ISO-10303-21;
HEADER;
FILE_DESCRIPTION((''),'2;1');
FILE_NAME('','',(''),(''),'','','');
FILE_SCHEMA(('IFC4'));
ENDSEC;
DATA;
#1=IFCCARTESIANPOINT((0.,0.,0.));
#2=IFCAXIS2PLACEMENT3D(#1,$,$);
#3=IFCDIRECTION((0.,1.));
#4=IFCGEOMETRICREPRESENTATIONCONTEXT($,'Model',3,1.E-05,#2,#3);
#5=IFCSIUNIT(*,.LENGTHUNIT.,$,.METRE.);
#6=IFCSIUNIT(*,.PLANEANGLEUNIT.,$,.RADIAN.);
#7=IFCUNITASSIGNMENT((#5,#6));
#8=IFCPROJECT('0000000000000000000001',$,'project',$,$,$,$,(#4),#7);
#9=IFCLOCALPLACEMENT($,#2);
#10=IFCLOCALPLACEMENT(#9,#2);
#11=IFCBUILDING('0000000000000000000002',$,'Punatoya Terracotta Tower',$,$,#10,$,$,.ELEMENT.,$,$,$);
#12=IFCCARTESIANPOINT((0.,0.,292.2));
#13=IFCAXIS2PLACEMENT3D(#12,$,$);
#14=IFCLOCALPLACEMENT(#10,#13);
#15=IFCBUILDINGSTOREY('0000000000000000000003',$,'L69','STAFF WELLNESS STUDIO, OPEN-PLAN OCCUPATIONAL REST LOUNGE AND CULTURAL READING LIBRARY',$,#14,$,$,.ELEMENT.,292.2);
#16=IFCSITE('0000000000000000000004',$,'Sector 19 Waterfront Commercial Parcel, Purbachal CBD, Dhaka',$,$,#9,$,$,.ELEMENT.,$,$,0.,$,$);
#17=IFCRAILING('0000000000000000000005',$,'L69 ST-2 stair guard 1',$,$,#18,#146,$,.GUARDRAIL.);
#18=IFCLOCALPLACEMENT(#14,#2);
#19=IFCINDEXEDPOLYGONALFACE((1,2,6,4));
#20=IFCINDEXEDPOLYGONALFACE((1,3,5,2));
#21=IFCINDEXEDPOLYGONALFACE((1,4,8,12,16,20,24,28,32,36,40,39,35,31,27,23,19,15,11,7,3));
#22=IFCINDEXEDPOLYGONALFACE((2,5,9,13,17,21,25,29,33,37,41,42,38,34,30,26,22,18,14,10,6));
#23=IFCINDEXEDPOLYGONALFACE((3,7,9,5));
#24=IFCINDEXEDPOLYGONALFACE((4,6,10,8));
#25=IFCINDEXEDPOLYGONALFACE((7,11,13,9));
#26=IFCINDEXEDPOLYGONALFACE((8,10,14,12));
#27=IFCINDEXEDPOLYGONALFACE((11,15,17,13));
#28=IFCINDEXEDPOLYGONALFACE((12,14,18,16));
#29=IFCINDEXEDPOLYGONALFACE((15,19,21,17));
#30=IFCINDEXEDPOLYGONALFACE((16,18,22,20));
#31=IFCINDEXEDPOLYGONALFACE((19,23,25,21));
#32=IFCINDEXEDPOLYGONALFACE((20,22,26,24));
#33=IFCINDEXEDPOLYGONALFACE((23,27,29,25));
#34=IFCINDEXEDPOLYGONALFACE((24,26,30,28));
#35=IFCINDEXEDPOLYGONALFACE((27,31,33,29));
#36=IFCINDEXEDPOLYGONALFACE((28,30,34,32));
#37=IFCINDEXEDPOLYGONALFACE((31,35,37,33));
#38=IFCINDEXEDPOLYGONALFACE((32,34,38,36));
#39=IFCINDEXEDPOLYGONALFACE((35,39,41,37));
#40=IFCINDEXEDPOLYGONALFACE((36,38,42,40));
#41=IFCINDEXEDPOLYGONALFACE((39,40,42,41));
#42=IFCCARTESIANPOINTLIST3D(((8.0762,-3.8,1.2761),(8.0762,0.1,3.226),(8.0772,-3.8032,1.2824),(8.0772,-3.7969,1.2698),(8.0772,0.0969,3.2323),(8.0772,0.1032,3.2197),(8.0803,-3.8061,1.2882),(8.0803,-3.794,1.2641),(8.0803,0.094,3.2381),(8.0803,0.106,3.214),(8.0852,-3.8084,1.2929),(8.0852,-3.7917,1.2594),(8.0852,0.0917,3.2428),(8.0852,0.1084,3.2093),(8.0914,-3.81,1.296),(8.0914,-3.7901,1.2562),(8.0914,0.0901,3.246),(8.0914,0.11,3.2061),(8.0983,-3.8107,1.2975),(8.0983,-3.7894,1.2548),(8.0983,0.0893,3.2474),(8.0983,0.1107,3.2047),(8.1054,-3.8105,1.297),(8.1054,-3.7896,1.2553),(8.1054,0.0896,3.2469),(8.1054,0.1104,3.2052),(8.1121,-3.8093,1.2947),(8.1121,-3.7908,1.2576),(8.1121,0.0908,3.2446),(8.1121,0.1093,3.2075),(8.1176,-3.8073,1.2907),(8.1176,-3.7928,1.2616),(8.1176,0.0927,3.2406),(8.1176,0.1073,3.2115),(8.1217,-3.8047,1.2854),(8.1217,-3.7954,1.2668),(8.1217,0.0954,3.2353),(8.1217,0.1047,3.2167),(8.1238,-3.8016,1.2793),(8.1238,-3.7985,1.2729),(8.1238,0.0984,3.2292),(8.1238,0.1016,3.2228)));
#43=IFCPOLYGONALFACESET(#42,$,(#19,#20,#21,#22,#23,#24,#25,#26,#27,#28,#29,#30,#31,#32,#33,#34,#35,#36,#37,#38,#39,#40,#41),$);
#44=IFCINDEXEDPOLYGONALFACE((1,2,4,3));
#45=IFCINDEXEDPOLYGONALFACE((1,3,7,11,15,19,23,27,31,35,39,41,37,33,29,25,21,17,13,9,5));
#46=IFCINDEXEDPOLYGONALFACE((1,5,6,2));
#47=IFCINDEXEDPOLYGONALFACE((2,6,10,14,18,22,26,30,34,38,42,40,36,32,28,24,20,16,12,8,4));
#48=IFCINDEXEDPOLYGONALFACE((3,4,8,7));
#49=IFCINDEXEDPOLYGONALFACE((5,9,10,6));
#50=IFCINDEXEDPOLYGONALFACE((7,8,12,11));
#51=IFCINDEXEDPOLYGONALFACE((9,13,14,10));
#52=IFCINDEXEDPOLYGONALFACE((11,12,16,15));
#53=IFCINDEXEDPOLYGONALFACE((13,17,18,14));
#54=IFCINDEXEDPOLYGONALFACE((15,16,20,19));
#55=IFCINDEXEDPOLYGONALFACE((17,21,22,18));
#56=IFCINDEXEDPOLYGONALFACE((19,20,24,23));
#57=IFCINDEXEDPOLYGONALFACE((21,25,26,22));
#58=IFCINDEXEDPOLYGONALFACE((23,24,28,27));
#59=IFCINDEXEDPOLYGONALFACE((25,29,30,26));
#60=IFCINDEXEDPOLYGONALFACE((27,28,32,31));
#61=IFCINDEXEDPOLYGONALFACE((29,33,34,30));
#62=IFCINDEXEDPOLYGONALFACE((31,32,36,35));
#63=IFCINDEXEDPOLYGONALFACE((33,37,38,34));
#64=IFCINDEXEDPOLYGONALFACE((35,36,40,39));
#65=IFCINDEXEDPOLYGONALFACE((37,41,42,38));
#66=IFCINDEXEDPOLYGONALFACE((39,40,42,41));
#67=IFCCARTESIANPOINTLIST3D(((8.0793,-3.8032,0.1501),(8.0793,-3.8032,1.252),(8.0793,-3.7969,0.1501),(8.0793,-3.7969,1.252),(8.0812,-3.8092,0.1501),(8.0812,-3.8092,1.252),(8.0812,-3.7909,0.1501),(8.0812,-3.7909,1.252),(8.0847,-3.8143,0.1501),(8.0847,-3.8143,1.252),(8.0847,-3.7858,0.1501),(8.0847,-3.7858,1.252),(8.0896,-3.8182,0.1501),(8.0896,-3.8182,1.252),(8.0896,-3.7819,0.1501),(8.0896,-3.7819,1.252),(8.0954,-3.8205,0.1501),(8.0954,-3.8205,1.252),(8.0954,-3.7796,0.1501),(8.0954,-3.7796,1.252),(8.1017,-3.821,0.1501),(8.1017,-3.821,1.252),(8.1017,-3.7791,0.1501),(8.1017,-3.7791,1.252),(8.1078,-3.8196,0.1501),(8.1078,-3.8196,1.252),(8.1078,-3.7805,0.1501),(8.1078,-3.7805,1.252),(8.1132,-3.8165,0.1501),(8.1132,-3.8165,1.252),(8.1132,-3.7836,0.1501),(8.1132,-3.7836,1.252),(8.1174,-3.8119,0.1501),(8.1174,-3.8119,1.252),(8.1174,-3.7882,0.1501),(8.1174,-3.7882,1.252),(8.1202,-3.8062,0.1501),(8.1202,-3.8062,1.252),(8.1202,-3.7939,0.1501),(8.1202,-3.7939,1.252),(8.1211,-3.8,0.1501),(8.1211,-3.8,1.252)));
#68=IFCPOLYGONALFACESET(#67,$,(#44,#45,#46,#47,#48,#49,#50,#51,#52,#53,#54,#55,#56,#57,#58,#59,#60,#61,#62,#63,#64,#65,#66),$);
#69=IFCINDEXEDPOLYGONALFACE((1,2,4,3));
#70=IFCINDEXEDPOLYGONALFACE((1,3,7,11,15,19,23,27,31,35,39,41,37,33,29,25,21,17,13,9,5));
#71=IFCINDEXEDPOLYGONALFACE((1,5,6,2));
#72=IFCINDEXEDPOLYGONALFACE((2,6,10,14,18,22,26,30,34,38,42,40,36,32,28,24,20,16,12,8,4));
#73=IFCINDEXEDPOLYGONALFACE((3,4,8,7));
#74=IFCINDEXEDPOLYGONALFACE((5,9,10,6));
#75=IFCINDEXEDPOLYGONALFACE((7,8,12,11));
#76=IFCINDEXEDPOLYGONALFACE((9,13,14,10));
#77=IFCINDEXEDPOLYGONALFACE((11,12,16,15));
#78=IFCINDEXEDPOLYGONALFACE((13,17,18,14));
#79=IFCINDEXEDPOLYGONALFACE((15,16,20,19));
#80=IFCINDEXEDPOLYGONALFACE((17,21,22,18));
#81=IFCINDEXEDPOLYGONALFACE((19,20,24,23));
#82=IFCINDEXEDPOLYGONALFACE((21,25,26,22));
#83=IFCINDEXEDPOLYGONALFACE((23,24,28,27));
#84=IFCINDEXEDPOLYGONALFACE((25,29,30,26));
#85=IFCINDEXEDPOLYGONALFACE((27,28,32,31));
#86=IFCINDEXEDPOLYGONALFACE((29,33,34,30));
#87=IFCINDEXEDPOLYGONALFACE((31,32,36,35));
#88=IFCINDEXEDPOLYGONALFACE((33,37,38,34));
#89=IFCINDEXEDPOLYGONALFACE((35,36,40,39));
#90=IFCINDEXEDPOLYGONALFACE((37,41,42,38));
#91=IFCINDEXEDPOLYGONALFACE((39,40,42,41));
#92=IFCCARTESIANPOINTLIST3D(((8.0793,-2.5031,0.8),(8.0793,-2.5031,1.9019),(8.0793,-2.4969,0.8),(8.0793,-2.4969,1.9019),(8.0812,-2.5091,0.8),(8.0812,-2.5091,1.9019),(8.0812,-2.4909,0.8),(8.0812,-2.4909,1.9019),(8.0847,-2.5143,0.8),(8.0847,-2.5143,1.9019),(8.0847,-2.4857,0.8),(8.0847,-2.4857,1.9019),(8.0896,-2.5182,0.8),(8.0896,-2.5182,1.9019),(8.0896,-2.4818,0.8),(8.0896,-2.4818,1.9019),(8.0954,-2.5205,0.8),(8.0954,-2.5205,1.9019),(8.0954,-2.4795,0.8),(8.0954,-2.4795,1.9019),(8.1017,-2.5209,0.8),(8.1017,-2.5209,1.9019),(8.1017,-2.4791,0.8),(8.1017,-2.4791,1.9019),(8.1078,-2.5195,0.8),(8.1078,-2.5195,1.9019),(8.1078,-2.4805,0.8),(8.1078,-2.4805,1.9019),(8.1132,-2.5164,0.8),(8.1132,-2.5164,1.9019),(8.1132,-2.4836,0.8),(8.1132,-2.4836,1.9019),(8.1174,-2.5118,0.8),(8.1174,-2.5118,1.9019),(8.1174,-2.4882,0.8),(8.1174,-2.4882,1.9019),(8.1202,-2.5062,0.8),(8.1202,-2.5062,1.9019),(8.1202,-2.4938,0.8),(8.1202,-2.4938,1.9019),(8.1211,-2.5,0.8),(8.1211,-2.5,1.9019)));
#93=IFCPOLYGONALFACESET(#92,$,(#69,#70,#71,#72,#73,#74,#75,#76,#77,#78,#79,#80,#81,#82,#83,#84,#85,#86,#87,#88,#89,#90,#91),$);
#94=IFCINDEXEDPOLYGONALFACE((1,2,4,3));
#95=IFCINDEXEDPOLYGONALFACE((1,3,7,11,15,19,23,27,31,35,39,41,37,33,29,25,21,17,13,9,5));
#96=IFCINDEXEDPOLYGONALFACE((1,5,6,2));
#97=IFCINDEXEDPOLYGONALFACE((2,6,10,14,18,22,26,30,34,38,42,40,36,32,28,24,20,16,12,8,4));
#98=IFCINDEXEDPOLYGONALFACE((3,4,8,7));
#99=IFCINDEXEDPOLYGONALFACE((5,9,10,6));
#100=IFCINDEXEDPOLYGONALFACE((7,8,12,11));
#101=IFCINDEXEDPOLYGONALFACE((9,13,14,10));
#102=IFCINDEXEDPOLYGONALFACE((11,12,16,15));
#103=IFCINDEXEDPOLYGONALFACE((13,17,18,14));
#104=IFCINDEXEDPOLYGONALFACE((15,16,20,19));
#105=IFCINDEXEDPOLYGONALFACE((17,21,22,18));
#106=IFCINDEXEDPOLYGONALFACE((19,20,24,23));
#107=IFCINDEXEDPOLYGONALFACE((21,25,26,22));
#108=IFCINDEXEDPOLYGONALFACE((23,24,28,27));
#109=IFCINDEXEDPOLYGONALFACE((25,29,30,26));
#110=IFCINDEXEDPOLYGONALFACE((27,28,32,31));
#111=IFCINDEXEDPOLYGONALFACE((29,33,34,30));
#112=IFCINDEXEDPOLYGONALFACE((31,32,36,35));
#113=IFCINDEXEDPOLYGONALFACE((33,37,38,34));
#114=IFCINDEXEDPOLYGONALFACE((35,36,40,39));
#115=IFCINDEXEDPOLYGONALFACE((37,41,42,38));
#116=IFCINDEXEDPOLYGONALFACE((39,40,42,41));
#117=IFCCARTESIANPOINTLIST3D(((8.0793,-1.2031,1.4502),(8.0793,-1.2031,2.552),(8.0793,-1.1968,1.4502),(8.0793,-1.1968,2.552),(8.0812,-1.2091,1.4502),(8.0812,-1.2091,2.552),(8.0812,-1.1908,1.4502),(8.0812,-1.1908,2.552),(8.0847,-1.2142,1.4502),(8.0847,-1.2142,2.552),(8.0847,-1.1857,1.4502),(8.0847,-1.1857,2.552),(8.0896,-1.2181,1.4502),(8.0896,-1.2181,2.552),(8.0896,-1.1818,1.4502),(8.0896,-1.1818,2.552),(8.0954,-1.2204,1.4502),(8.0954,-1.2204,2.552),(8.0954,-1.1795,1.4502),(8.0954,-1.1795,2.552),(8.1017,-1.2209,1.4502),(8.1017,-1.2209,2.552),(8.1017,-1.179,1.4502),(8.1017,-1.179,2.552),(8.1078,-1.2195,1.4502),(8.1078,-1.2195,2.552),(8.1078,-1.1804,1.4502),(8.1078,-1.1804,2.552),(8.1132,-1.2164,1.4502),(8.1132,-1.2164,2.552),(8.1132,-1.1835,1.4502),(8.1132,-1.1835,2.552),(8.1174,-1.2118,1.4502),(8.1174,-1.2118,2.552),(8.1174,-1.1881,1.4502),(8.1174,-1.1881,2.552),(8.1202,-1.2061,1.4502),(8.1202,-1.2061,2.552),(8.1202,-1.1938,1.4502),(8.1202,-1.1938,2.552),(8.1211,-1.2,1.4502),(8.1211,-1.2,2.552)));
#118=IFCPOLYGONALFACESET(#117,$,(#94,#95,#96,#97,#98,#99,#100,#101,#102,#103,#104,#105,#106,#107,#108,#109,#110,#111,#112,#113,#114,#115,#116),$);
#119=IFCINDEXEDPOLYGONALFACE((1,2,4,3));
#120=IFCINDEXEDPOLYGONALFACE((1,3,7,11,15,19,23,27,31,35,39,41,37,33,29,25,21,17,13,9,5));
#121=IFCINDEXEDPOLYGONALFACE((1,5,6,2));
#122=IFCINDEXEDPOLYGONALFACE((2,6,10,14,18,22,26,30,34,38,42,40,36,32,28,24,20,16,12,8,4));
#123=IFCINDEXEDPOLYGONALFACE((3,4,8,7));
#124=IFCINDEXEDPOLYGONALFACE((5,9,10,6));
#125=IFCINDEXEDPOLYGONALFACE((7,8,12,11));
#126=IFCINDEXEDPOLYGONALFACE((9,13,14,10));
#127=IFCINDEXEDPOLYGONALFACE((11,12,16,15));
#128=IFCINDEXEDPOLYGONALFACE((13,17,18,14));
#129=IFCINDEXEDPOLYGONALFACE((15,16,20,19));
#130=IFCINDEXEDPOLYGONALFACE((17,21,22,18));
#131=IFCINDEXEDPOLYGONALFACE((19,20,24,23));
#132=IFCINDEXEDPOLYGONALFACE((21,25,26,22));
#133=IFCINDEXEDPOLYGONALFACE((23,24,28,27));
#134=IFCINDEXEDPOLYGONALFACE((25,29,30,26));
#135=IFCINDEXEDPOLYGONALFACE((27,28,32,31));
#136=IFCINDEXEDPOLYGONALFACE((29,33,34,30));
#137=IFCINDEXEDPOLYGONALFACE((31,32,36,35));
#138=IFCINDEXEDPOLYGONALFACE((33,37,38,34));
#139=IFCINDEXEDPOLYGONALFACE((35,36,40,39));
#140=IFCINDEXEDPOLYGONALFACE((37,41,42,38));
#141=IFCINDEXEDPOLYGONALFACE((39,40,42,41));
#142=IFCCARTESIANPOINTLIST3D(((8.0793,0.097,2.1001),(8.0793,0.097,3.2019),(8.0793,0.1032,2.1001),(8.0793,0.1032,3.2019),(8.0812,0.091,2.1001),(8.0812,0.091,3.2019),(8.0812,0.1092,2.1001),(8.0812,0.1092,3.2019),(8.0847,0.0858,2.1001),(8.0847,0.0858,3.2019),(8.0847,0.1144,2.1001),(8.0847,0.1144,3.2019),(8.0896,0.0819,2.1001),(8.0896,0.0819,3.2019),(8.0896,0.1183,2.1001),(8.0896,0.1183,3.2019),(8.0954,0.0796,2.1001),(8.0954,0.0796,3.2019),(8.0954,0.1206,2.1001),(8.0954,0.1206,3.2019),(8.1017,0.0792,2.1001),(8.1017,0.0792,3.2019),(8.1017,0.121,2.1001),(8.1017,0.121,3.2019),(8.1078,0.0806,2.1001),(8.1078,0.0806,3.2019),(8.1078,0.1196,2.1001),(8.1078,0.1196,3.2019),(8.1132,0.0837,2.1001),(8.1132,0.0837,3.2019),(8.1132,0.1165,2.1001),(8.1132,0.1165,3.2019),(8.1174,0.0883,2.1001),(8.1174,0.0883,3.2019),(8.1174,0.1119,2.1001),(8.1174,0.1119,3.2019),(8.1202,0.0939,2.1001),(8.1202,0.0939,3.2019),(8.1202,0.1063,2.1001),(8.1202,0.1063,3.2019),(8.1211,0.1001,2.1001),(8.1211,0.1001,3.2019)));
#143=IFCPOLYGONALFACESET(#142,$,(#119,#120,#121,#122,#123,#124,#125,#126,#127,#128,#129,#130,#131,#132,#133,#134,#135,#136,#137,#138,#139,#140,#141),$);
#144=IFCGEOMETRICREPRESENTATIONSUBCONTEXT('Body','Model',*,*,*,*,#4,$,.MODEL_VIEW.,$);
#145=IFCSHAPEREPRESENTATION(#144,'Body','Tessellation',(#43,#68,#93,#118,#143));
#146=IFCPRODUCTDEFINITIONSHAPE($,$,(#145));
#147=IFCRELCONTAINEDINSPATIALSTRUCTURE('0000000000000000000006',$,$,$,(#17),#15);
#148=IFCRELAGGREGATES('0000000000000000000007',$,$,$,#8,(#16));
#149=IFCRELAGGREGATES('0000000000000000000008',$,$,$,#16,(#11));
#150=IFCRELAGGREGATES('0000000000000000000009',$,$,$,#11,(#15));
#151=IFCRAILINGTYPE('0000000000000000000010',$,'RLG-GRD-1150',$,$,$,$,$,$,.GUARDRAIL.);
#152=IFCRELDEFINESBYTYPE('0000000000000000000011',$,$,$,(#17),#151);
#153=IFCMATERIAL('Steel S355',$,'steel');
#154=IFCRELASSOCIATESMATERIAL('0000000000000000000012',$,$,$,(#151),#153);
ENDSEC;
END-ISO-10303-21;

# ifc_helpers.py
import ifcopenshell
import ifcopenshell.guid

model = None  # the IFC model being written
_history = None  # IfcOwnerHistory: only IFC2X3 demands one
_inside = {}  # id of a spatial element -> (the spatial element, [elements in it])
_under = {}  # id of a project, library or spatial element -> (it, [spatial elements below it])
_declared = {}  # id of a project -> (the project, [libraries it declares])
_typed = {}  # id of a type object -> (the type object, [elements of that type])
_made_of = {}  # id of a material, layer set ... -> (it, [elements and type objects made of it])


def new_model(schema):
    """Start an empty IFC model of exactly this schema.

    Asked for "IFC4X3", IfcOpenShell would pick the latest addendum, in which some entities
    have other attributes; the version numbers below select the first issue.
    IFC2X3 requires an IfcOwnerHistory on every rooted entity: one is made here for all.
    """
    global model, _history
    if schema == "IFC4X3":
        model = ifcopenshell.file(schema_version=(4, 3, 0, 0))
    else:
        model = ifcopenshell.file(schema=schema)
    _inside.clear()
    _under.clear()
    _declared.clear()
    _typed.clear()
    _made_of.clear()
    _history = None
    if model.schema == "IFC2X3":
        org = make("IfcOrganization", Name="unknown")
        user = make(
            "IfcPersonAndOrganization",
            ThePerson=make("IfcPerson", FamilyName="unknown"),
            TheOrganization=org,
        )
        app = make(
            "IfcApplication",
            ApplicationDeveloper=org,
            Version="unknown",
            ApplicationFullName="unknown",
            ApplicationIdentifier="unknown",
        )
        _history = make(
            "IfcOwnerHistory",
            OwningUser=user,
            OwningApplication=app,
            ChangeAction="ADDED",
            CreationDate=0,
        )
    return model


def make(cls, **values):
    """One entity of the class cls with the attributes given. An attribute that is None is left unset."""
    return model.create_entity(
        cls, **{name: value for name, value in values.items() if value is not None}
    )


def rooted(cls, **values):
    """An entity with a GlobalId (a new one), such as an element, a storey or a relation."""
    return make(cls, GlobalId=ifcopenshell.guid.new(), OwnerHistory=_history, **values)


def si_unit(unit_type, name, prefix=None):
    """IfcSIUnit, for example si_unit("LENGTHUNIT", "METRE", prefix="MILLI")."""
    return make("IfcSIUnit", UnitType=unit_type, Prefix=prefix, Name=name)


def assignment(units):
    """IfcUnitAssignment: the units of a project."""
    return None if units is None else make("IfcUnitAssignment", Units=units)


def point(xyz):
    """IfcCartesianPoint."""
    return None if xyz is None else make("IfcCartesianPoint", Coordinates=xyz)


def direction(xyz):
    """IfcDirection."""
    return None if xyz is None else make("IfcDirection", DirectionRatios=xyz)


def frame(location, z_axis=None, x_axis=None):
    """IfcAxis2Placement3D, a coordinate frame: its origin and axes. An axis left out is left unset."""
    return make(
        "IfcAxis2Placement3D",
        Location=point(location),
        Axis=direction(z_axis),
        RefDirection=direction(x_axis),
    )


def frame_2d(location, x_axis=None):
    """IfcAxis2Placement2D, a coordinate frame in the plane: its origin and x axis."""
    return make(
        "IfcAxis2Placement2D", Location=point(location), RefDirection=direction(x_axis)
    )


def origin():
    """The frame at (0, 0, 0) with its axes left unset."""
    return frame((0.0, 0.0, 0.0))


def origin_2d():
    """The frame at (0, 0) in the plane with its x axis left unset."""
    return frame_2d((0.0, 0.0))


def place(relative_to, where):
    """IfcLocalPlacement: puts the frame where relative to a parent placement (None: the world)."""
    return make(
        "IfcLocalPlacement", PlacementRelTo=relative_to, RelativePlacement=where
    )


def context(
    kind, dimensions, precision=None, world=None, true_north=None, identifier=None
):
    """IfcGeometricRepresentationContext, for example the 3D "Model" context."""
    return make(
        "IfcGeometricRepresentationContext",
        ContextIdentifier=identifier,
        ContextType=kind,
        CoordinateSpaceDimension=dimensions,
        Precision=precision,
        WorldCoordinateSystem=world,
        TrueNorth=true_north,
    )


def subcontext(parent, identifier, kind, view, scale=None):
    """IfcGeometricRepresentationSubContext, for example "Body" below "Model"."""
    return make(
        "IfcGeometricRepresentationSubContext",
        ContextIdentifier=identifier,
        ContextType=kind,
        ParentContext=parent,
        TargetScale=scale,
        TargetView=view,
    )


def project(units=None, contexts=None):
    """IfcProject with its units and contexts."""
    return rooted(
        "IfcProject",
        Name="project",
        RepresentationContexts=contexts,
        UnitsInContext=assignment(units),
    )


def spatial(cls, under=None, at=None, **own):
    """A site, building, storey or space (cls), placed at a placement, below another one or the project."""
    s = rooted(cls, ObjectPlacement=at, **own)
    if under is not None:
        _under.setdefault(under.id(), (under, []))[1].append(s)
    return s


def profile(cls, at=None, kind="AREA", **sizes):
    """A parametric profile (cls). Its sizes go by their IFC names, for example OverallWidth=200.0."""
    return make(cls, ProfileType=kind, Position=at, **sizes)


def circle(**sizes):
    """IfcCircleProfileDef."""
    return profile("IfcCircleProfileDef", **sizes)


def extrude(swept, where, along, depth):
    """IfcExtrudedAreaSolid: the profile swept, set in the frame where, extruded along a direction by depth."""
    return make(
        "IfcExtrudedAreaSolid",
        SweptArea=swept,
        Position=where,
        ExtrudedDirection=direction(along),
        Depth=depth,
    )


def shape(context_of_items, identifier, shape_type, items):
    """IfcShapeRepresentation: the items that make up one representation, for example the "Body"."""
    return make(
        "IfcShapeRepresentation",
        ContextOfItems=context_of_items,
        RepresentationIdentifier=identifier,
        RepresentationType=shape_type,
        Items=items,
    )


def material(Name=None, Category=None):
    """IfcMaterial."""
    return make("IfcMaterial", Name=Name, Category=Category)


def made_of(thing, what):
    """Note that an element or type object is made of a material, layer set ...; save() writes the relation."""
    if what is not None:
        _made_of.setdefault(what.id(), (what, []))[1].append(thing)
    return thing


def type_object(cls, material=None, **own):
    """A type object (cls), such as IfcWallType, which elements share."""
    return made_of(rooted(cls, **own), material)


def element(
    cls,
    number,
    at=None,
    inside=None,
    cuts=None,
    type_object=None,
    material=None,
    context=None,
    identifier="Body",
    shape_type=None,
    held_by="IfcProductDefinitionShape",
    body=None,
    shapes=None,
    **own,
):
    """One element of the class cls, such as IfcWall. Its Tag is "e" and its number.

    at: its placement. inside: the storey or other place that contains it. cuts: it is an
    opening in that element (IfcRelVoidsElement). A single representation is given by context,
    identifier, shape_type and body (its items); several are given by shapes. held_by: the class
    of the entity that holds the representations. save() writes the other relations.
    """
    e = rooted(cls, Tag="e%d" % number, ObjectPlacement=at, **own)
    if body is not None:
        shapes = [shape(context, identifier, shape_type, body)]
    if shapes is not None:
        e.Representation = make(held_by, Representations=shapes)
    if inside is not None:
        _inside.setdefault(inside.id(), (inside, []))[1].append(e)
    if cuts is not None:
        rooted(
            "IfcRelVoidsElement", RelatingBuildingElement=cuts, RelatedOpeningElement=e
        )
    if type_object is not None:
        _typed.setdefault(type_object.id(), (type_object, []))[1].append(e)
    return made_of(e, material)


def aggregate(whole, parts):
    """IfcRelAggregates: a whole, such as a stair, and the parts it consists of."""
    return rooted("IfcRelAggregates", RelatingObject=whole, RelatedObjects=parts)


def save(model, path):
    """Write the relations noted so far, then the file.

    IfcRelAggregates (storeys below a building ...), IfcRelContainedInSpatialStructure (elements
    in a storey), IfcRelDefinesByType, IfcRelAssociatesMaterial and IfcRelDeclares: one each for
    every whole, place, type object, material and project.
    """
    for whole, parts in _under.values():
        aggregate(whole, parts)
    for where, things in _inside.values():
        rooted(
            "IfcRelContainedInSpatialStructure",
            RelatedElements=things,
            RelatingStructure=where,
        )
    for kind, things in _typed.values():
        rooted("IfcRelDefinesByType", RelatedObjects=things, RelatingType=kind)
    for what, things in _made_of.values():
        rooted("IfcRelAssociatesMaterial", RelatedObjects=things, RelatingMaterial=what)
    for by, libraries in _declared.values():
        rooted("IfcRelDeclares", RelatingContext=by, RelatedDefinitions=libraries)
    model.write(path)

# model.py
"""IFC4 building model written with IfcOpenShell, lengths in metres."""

from ifc_helpers import new_model, si_unit, direction, frame, origin, origin_2d, place, context, subcontext, project, spatial, circle, extrude, material, type_object, element, save


model = new_model("IFC4")

# Units and contexts
model_context = context("Model", 3, precision=1e-05, world=origin(), true_north=direction((0.0, 1.0)))
body_context = subcontext(model_context, "Body", "Model", "MODEL_VIEW")
ifc_project = project(units=[si_unit("LENGTHUNIT", "METRE"), si_unit("PLANEANGLEUNIT", "RADIAN")], contexts=[model_context])

# Site, building, storey
site_placement = place(None, origin())
site = spatial("IfcSite", under=ifc_project, at=site_placement, Name="Sector 19 Waterfront Commercial Parcel, Purbachal CBD, Dhaka", CompositionType="ELEMENT", RefElevation=0.0)
building_placement = place(site_placement, origin())
building = spatial("IfcBuilding", under=site, at=building_placement, Name="Punatoya Terracotta Tower", CompositionType="ELEMENT")
storey_placement = place(building_placement, frame((0.0, 0.0, 292.2)))
storey = spatial("IfcBuildingStorey", under=building, at=storey_placement, Name="L69", Description="STAFF WELLNESS STUDIO, OPEN-PLAN OCCUPATIONAL REST LOUNGE AND CULTURAL READING LIBRARY", CompositionType="ELEMENT", Elevation=292.2)

# Shared definitions
ifc_material_1 = material(Name="Steel S355", Category="steel")

# Railing
railing_type_1 = type_object("IfcRailingType", Name="RLG-GRD-1150", PredefinedType="GUARDRAIL", material=ifc_material_1)
railing_1_placement = place(storey_placement, frame((8.1001, -3.8, 0.1501)))
element("IfcRailing", 1, at=railing_1_placement, inside=storey, type_object=railing_type_1, Name="L69 ST-2 stair guard 1", PredefinedType="GUARDRAIL", context=body_context, shape_type="SweptSolid", body=[
    extrude(circle(Radius=0.0239, at=origin_2d()), frame((0.0, 0.0, 1.126), z_axis=(0.0, 0.894438, 0.447191), x_axis=(-1.0, 0.0, 0.0)), (0.0, 0.0, 1.0), 4.3604),
    extrude(circle(Radius=0.021, at=origin_2d()), origin(), (0.0, 0.0, 1.0), 1.1018),
    extrude(circle(Radius=0.021, at=origin_2d()), frame((0.0, 1.3, 0.6499)), (0.0, 0.0, 1.0), 1.1018),
    extrude(circle(Radius=0.021, at=origin_2d()), frame((0.0, 2.6001, 1.3)), (0.0, 0.0, 1.0), 1.1018),
    extrude(circle(Radius=0.021, at=origin_2d()), frame((0.0, 3.9001, 1.95)), (0.0, 0.0, 1.0), 1.1018),
])

save(model, "model.ifc")
